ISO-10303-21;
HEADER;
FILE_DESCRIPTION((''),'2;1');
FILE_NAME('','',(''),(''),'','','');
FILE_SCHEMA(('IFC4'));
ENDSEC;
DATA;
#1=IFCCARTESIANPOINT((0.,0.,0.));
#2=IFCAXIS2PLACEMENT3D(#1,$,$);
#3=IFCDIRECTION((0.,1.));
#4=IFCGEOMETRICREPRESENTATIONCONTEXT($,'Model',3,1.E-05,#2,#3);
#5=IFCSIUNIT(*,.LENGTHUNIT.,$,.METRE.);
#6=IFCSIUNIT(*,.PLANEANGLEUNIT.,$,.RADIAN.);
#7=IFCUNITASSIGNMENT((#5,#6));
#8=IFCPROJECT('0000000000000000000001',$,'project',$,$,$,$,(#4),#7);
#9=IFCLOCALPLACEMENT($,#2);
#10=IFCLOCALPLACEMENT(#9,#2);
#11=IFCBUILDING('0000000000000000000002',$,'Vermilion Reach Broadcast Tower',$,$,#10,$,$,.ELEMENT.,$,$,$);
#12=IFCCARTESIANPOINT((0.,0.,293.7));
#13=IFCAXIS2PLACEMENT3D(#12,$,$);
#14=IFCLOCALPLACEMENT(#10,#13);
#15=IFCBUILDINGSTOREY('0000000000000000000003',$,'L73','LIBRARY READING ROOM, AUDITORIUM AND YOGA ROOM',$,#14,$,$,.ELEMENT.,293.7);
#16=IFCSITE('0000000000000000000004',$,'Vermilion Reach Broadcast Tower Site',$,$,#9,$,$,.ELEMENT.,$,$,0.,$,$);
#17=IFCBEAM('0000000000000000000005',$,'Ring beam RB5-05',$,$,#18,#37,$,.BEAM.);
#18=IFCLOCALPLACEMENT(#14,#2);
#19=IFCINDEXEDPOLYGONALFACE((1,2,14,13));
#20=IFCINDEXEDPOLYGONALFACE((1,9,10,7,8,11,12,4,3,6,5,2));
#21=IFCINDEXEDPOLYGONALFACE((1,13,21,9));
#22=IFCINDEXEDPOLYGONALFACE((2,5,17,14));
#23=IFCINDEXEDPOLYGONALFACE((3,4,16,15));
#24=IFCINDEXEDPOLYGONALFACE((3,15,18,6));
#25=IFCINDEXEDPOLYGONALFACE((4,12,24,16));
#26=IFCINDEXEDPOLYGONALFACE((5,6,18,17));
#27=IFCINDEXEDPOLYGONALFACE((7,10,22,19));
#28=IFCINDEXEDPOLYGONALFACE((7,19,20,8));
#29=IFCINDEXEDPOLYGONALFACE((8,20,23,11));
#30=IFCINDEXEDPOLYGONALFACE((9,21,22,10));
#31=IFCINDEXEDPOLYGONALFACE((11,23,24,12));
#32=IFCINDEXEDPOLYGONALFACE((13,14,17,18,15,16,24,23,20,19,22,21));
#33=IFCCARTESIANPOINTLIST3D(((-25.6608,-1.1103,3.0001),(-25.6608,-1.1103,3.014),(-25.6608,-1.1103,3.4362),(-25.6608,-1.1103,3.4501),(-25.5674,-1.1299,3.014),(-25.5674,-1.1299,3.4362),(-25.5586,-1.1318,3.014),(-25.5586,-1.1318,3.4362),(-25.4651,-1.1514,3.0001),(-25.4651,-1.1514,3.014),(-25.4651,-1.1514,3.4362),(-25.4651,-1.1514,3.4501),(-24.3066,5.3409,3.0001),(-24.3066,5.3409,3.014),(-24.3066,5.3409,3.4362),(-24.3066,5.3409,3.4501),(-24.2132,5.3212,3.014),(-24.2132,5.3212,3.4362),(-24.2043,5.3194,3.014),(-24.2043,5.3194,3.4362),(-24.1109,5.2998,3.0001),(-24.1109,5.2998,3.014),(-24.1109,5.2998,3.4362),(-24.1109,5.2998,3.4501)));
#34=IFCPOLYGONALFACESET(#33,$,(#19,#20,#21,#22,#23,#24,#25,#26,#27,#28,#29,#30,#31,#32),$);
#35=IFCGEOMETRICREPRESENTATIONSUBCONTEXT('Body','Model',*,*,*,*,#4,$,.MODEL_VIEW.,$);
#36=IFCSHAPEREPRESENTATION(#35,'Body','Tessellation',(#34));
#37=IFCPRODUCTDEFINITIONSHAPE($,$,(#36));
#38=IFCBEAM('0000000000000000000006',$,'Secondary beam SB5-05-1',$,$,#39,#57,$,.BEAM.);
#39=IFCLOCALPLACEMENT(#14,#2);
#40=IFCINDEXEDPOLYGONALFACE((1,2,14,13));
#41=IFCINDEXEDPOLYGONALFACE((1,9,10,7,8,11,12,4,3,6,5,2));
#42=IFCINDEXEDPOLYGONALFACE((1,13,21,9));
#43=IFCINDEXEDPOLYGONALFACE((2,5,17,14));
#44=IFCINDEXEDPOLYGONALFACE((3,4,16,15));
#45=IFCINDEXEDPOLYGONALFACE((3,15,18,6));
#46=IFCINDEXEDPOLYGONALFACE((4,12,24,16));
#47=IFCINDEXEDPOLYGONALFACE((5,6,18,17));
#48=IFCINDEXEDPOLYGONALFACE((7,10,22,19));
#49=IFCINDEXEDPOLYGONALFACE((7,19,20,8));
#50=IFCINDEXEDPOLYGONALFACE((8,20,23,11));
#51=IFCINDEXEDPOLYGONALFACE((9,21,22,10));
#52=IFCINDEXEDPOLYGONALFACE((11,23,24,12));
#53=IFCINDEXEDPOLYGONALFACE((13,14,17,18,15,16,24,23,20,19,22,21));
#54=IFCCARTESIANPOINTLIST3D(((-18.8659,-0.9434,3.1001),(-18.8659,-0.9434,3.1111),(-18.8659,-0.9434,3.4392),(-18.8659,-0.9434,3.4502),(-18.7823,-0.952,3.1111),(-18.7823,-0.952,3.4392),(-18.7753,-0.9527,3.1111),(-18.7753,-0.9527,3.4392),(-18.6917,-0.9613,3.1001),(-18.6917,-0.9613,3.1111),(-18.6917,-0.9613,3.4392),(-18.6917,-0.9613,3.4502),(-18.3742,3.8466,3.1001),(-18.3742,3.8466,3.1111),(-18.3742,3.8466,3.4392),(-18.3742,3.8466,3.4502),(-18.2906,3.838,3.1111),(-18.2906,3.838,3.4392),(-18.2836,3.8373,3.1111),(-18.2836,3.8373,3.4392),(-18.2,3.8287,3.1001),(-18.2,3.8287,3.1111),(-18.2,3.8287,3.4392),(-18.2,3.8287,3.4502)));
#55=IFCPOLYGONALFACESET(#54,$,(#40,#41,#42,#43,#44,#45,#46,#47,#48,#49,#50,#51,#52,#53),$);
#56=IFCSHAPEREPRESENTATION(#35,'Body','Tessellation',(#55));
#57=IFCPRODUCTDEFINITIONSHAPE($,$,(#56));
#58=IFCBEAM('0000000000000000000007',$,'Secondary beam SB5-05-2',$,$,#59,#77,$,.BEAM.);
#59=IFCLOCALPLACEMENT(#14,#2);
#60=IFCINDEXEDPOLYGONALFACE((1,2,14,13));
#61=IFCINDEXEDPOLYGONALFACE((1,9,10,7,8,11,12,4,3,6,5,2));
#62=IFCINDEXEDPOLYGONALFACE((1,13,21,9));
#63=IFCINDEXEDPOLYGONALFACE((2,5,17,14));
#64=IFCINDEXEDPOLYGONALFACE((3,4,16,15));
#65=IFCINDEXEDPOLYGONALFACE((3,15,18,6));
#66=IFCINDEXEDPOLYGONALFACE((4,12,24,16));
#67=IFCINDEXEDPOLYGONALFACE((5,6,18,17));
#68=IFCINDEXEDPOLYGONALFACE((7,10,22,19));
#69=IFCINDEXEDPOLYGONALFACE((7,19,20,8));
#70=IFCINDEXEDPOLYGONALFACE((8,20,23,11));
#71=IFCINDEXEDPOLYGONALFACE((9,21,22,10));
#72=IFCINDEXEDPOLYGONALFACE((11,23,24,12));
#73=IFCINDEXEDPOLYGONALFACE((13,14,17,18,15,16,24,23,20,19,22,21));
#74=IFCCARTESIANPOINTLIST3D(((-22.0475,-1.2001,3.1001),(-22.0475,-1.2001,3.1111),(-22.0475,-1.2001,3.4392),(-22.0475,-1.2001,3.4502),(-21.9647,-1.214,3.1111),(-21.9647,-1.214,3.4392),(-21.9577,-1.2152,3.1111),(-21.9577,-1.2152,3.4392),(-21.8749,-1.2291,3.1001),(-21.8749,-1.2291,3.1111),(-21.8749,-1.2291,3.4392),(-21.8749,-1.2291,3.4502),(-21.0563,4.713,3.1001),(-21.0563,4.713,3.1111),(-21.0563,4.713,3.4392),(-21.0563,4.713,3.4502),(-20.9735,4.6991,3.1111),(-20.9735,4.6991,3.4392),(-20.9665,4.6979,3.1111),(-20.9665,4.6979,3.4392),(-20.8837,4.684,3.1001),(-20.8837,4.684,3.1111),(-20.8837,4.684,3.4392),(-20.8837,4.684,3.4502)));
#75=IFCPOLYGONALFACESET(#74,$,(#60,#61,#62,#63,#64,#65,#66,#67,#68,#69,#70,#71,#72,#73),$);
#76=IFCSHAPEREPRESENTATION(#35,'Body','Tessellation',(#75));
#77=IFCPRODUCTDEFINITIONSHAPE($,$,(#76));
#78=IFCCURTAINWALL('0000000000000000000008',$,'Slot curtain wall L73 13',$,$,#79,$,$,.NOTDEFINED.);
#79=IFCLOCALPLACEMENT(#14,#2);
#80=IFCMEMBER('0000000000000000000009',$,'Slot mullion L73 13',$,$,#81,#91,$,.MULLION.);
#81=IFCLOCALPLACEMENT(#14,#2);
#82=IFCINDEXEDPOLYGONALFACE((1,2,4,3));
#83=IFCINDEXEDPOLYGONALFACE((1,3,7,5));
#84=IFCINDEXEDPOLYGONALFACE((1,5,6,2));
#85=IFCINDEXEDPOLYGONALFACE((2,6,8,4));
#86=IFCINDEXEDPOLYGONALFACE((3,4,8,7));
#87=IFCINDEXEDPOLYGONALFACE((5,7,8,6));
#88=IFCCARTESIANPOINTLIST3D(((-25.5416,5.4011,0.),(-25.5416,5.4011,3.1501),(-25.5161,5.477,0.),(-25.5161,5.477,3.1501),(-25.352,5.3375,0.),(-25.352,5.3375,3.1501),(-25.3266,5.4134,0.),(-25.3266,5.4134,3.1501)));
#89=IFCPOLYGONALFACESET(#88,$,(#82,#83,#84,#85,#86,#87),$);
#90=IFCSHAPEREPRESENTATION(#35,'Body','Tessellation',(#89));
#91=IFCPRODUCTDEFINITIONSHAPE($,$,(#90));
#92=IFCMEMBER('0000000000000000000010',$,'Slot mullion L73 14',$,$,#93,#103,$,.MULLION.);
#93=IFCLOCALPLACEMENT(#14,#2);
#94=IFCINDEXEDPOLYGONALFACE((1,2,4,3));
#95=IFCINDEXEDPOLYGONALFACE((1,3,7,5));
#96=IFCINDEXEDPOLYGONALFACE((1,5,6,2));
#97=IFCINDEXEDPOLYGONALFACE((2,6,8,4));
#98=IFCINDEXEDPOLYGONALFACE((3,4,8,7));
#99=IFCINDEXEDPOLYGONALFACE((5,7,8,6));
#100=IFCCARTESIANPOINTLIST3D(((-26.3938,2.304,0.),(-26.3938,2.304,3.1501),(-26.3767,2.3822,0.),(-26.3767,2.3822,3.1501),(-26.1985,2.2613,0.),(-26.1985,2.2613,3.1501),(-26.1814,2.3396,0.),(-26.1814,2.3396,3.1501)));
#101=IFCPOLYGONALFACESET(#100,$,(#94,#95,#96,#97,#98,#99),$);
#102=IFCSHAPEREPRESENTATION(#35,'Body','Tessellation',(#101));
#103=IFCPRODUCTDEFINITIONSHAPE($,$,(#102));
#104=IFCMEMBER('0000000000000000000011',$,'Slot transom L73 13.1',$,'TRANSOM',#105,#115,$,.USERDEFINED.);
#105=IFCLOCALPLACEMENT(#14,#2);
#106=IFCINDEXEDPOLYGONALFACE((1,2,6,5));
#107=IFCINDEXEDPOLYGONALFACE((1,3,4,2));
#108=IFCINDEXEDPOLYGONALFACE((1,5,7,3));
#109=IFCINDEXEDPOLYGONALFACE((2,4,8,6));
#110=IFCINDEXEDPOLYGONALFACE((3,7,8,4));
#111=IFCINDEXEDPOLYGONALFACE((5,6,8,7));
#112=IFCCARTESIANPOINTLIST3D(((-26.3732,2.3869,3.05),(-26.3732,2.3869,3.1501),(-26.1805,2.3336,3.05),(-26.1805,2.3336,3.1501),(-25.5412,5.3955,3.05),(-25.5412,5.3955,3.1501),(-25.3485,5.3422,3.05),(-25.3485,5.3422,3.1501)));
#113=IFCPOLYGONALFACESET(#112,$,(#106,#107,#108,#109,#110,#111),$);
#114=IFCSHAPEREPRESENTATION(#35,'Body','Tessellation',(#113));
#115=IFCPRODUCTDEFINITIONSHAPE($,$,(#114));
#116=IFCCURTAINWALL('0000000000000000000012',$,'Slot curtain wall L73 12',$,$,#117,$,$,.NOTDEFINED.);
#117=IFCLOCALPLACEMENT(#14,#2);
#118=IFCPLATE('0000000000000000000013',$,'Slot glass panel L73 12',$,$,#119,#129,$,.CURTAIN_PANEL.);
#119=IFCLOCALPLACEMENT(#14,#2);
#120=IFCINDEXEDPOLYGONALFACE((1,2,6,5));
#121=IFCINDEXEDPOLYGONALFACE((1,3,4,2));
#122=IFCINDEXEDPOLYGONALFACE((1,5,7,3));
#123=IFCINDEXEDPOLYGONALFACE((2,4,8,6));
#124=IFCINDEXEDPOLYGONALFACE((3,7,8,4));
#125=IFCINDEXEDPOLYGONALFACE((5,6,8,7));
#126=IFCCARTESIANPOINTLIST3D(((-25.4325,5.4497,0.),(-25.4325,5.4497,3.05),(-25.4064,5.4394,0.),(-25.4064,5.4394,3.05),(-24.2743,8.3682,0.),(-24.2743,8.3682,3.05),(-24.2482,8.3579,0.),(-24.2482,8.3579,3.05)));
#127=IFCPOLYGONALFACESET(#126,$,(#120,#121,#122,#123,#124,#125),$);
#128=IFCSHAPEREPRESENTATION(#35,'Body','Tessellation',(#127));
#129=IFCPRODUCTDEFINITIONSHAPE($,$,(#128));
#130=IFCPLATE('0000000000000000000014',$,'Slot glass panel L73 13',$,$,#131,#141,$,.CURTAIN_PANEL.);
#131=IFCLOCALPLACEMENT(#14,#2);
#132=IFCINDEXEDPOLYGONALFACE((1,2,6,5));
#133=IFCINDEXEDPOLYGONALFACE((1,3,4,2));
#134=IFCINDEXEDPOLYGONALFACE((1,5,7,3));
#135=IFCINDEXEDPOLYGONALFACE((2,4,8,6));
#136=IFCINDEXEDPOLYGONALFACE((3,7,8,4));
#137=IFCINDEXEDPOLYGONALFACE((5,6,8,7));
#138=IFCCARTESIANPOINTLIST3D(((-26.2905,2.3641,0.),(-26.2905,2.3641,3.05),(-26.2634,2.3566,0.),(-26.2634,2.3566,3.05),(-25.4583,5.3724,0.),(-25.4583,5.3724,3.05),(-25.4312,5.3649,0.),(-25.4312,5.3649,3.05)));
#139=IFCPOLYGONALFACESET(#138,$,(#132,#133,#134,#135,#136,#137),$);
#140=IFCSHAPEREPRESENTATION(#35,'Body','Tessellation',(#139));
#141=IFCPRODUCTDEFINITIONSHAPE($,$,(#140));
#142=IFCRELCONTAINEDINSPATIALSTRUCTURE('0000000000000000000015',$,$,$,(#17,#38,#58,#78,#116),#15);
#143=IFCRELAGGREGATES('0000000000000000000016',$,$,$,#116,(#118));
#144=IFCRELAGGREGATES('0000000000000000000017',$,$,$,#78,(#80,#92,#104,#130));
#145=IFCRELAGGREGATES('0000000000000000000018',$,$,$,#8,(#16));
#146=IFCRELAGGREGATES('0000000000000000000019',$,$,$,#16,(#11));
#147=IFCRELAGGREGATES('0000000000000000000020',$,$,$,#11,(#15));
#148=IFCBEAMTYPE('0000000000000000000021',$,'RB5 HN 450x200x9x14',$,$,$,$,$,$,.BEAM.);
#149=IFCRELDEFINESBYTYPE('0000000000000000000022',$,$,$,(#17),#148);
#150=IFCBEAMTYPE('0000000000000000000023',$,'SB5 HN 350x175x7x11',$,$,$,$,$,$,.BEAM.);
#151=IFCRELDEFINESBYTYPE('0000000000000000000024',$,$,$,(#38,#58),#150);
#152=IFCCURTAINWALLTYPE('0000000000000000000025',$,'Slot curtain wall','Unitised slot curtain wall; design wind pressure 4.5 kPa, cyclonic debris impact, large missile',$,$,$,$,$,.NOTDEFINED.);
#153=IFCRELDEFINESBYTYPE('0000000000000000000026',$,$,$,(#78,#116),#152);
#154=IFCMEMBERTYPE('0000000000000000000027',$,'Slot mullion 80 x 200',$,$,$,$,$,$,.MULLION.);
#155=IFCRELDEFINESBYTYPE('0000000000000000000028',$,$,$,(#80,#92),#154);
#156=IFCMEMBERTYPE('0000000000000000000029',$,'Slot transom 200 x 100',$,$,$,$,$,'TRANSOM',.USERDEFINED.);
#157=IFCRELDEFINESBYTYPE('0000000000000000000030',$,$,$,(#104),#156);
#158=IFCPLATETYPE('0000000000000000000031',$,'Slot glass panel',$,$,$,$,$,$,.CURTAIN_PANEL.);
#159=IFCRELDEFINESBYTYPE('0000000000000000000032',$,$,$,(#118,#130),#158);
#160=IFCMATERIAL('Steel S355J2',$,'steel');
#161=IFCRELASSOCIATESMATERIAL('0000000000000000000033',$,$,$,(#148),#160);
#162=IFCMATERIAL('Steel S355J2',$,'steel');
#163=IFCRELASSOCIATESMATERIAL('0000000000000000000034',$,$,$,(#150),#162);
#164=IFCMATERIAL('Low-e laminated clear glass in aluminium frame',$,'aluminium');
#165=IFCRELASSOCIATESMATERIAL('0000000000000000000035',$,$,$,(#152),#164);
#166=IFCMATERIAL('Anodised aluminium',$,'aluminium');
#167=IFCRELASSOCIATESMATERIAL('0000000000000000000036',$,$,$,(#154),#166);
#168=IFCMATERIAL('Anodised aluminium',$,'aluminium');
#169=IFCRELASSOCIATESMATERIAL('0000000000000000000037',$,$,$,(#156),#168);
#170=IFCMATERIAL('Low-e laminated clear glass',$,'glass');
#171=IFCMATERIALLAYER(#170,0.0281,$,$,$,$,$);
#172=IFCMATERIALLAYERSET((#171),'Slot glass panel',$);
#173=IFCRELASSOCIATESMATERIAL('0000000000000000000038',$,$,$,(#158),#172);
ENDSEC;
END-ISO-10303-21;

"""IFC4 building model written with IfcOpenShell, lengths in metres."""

from ifc_helpers import new_model, si_unit, direction, frame, origin, origin_2d, place, context, subcontext, project, spatial, rectangle, i_section, extrude, material, layer, layer_set, material_profile, profile_set, type_object, element, aggregate, save


model = new_model("IFC4")

# Units and contexts
model_context = context("Model", 3, precision=1e-05, world=origin(), true_north=direction((0.0, 1.0)))
body_context = subcontext(model_context, "Body", "Model", "MODEL_VIEW")
ifc_project = project(units=[si_unit("LENGTHUNIT", "METRE"), si_unit("PLANEANGLEUNIT", "RADIAN")], contexts=[model_context])

# Site, building, storey
site_placement = place(None, origin())
site = spatial("IfcSite", under=ifc_project, at=site_placement, Name="Vermilion Reach Broadcast Tower Site", CompositionType="ELEMENT", RefElevation=0.0)
building_placement = place(site_placement, origin())
building = spatial("IfcBuilding", under=site, at=building_placement, Name="Vermilion Reach Broadcast Tower", CompositionType="ELEMENT")
storey_placement = place(building_placement, frame((0.0, 0.0, 293.7)))
storey = spatial("IfcBuildingStorey", under=building, at=storey_placement, Name="L73", Description="LIBRARY READING ROOM, AUDITORIUM AND YOGA ROOM", CompositionType="ELEMENT", Elevation=293.7)

# Beams
ifc_material_1 = material(Name="Steel S355J2", Category="steel")
ifc_material_profile_1 = material_profile(ifc_material_1, i_section(OverallWidth=0.2, OverallDepth=0.45, WebThickness=0.009, FlangeThickness=0.0139, at=origin_2d()), Name="S355J2 HN 450x200x9x14")
ifc_profile_set_1 = profile_set([ifc_material_profile_1], Name="Steel S355J2")
beam_type_1 = type_object("IfcBeamType", Name="RB5 HN 450x200x9x14", PredefinedType="BEAM", material=ifc_profile_set_1)
beam_1_placement = place(storey_placement, frame((-24.2087, 5.3203, 3.2251), z_axis=(-0.205445, -0.978669, 0.0), x_axis=(0.978669, -0.205445, 0.0)))
element("IfcBeam", 1, at=beam_1_placement, inside=storey, type_object=beam_type_1, Name="Ring beam RB5-05", PredefinedType="BEAM", context=body_context, shape_type="SweptSolid", body=[
    extrude(i_section(OverallWidth=0.2, OverallDepth=0.45, WebThickness=0.009, FlangeThickness=0.0139, at=origin_2d()), origin(), (0.0, 0.0, 1.0), 6.5918),
])
ifc_material_2 = material(Name="Steel S355J2", Category="steel")
ifc_material_profile_2 = material_profile(ifc_material_2, i_section(OverallWidth=0.175, OverallDepth=0.3501, WebThickness=0.0071, FlangeThickness=0.011, at=origin_2d()), Name="S355J2 HN 350x175x7x11")
ifc_profile_set_2 = profile_set([ifc_material_profile_2], Name="Steel S355J2")
beam_type_2 = type_object("IfcBeamType", Name="SB5 HN 350x175x7x11", PredefinedType="BEAM", material=ifc_profile_set_2)
beam_2_placement = place(storey_placement, frame((-18.2871, 3.8376, 3.2751), z_axis=(-0.102114, -0.994773, 0.0), x_axis=(0.994773, -0.102114, 0.0)))
element("IfcBeam", 2, at=beam_2_placement, inside=storey, type_object=beam_type_2, Name="Secondary beam SB5-05-1", PredefinedType="BEAM", context=body_context, shape_type="SweptSolid", body=[
    extrude(i_section(OverallWidth=0.175, OverallDepth=0.3501, WebThickness=0.0071, FlangeThickness=0.011, at=origin_2d()), origin(), (0.0, 0.0, 1.0), 4.8152),
])
beam_3_placement = place(storey_placement, frame((-20.97, 4.6985, 3.2751), z_axis=(-0.165323, -0.986239, 0.0), x_axis=(0.986239, -0.165323, 0.0)))
element("IfcBeam", 3, at=beam_3_placement, inside=storey, type_object=beam_type_2, Name="Secondary beam SB5-05-2", PredefinedType="BEAM", context=body_context, shape_type="SweptSolid", body=[
    extrude(i_section(OverallWidth=0.175, OverallDepth=0.3501, WebThickness=0.0071, FlangeThickness=0.011, at=origin_2d()), origin(), (0.0, 0.0, 1.0), 5.9956),
])

# Curtain wall, members
ifc_material_3 = material(Name="Low-e laminated clear glass in aluminium frame", Category="aluminium")
curtain_wall_type = type_object("IfcCurtainWallType", Name="Slot curtain wall", Description="Unitised slot curtain wall; design wind pressure 4.5 kPa, cyclonic debris impact, large missile", PredefinedType="NOTDEFINED", material=ifc_material_3)
placement = place(storey_placement, origin())
curtain_wall_1 = element("IfcCurtainWall", 4, at=placement, inside=storey, type_object=curtain_wall_type, Name="Slot curtain wall L73 13", PredefinedType="NOTDEFINED")
ifc_material_4 = material(Name="Anodised aluminium", Category="aluminium")
ifc_material_profile_3 = material_profile(ifc_material_4, rectangle(XDim=0.2, YDim=0.0801, at=origin_2d()), Name="Slot mullion 80 x 200")
ifc_profile_set_3 = profile_set([ifc_material_profile_3], Name="Anodised aluminium")
member_type_1 = type_object("IfcMemberType", Name="Slot mullion 80 x 200", PredefinedType="MULLION", material=ifc_profile_set_3)
member_1_placement = place(storey_placement, frame((-25.4341, 5.4072, 0.0), z_axis=(0.0, 0.0, 1.0), x_axis=(0.948024, -0.3182, 0.0)))
member_1 = element("IfcMember", 5, at=member_1_placement, type_object=member_type_1, Name="Slot mullion L73 13", PredefinedType="MULLION", context=body_context, shape_type="SweptSolid", body=[
    extrude(rectangle(XDim=0.2, YDim=0.0801, at=origin_2d()), origin(), (0.0, 0.0, 1.0), 3.1501),
])
member_2_placement = place(storey_placement, frame((-26.2876, 2.3218, 0.0), z_axis=(0.0, 0.0, 1.0), x_axis=(0.976975, -0.213355, 0.0)))
member_2 = element("IfcMember", 6, at=member_2_placement, type_object=member_type_1, Name="Slot mullion L73 14", PredefinedType="MULLION", context=body_context, shape_type="SweptSolid", body=[
    extrude(rectangle(XDim=0.2, YDim=0.0801, at=origin_2d()), origin(), (0.0, 0.0, 1.0), 3.1501),
])
ifc_material_5 = material(Name="Anodised aluminium", Category="aluminium")
ifc_material_profile_4 = material_profile(ifc_material_5, rectangle(XDim=0.2, YDim=0.1001, at=origin_2d()), Name="Slot transom 200 x 100")
ifc_profile_set_4 = profile_set([ifc_material_profile_4], Name="Anodised aluminium")
member_type_2 = type_object("IfcMemberType", Name="Slot transom 200 x 100", ElementType="TRANSOM", PredefinedType="USERDEFINED", material=ifc_profile_set_4)
member_3_placement = place(storey_placement, frame((-25.4448, 5.3689, 3.1001), z_axis=(-0.26655, -0.963821, 0.0), x_axis=(0.963821, -0.26655, 0.0)))
member_3 = element("IfcMember", 7, at=member_3_placement, type_object=member_type_2, Name="Slot transom L73 13.1", ObjectType="TRANSOM", PredefinedType="USERDEFINED", context=body_context, shape_type="SweptSolid", body=[
    extrude(rectangle(XDim=0.2, YDim=0.1001, at=origin_2d()), origin(), (0.0, 0.0, 1.0), 3.1216),
])

# Curtain wall, plate
curtain_wall_2 = element("IfcCurtainWall", 8, at=placement, inside=storey, type_object=curtain_wall_type, Name="Slot curtain wall L73 12", PredefinedType="NOTDEFINED")
ifc_material_6 = material(Name="Low-e laminated clear glass", Category="glass")
ifc_layer_1 = layer(ifc_material_6, 0.0281)
ifc_layer_set_1 = layer_set([ifc_layer_1], Name="Slot glass panel")
plate_type = type_object("IfcPlateType", Name="Slot glass panel", PredefinedType="CURTAIN_PANEL", material=ifc_layer_set_1)
plate_1_placement = place(storey_placement, frame((-24.8403, 6.9038, 0.0), z_axis=(0.0, 0.0, 1.0), x_axis=(-0.368866, -0.929483, 0.0)))
plate_1 = element("IfcPlate", 9, at=plate_1_placement, type_object=plate_type, Name="Slot glass panel L73 12", PredefinedType="CURTAIN_PANEL", context=body_context, shape_type="SweptSolid", body=[
    extrude(rectangle(XDim=3.1399, YDim=0.0281, at=origin_2d()), origin(), (0.0, 0.0, 1.0), 3.05),
])
aggregate(curtain_wall_2, [plate_1])

# Plate
plate_2_placement = place(storey_placement, frame((-25.8608, 3.8645, 0.0), z_axis=(0.0, 0.0, 1.0), x_axis=(-0.266607, -0.963805, 0.0)))
plate_2 = element("IfcPlate", 10, at=plate_2_placement, type_object=plate_type, Name="Slot glass panel L73 13", PredefinedType="CURTAIN_PANEL", context=body_context, shape_type="SweptSolid", body=[
    extrude(rectangle(XDim=3.1213, YDim=0.0281, at=origin_2d()), origin(), (0.0, 0.0, 1.0), 3.05),
])
aggregate(curtain_wall_1, [member_1, member_2, member_3, plate_2])

save(model, "model.ifc")
